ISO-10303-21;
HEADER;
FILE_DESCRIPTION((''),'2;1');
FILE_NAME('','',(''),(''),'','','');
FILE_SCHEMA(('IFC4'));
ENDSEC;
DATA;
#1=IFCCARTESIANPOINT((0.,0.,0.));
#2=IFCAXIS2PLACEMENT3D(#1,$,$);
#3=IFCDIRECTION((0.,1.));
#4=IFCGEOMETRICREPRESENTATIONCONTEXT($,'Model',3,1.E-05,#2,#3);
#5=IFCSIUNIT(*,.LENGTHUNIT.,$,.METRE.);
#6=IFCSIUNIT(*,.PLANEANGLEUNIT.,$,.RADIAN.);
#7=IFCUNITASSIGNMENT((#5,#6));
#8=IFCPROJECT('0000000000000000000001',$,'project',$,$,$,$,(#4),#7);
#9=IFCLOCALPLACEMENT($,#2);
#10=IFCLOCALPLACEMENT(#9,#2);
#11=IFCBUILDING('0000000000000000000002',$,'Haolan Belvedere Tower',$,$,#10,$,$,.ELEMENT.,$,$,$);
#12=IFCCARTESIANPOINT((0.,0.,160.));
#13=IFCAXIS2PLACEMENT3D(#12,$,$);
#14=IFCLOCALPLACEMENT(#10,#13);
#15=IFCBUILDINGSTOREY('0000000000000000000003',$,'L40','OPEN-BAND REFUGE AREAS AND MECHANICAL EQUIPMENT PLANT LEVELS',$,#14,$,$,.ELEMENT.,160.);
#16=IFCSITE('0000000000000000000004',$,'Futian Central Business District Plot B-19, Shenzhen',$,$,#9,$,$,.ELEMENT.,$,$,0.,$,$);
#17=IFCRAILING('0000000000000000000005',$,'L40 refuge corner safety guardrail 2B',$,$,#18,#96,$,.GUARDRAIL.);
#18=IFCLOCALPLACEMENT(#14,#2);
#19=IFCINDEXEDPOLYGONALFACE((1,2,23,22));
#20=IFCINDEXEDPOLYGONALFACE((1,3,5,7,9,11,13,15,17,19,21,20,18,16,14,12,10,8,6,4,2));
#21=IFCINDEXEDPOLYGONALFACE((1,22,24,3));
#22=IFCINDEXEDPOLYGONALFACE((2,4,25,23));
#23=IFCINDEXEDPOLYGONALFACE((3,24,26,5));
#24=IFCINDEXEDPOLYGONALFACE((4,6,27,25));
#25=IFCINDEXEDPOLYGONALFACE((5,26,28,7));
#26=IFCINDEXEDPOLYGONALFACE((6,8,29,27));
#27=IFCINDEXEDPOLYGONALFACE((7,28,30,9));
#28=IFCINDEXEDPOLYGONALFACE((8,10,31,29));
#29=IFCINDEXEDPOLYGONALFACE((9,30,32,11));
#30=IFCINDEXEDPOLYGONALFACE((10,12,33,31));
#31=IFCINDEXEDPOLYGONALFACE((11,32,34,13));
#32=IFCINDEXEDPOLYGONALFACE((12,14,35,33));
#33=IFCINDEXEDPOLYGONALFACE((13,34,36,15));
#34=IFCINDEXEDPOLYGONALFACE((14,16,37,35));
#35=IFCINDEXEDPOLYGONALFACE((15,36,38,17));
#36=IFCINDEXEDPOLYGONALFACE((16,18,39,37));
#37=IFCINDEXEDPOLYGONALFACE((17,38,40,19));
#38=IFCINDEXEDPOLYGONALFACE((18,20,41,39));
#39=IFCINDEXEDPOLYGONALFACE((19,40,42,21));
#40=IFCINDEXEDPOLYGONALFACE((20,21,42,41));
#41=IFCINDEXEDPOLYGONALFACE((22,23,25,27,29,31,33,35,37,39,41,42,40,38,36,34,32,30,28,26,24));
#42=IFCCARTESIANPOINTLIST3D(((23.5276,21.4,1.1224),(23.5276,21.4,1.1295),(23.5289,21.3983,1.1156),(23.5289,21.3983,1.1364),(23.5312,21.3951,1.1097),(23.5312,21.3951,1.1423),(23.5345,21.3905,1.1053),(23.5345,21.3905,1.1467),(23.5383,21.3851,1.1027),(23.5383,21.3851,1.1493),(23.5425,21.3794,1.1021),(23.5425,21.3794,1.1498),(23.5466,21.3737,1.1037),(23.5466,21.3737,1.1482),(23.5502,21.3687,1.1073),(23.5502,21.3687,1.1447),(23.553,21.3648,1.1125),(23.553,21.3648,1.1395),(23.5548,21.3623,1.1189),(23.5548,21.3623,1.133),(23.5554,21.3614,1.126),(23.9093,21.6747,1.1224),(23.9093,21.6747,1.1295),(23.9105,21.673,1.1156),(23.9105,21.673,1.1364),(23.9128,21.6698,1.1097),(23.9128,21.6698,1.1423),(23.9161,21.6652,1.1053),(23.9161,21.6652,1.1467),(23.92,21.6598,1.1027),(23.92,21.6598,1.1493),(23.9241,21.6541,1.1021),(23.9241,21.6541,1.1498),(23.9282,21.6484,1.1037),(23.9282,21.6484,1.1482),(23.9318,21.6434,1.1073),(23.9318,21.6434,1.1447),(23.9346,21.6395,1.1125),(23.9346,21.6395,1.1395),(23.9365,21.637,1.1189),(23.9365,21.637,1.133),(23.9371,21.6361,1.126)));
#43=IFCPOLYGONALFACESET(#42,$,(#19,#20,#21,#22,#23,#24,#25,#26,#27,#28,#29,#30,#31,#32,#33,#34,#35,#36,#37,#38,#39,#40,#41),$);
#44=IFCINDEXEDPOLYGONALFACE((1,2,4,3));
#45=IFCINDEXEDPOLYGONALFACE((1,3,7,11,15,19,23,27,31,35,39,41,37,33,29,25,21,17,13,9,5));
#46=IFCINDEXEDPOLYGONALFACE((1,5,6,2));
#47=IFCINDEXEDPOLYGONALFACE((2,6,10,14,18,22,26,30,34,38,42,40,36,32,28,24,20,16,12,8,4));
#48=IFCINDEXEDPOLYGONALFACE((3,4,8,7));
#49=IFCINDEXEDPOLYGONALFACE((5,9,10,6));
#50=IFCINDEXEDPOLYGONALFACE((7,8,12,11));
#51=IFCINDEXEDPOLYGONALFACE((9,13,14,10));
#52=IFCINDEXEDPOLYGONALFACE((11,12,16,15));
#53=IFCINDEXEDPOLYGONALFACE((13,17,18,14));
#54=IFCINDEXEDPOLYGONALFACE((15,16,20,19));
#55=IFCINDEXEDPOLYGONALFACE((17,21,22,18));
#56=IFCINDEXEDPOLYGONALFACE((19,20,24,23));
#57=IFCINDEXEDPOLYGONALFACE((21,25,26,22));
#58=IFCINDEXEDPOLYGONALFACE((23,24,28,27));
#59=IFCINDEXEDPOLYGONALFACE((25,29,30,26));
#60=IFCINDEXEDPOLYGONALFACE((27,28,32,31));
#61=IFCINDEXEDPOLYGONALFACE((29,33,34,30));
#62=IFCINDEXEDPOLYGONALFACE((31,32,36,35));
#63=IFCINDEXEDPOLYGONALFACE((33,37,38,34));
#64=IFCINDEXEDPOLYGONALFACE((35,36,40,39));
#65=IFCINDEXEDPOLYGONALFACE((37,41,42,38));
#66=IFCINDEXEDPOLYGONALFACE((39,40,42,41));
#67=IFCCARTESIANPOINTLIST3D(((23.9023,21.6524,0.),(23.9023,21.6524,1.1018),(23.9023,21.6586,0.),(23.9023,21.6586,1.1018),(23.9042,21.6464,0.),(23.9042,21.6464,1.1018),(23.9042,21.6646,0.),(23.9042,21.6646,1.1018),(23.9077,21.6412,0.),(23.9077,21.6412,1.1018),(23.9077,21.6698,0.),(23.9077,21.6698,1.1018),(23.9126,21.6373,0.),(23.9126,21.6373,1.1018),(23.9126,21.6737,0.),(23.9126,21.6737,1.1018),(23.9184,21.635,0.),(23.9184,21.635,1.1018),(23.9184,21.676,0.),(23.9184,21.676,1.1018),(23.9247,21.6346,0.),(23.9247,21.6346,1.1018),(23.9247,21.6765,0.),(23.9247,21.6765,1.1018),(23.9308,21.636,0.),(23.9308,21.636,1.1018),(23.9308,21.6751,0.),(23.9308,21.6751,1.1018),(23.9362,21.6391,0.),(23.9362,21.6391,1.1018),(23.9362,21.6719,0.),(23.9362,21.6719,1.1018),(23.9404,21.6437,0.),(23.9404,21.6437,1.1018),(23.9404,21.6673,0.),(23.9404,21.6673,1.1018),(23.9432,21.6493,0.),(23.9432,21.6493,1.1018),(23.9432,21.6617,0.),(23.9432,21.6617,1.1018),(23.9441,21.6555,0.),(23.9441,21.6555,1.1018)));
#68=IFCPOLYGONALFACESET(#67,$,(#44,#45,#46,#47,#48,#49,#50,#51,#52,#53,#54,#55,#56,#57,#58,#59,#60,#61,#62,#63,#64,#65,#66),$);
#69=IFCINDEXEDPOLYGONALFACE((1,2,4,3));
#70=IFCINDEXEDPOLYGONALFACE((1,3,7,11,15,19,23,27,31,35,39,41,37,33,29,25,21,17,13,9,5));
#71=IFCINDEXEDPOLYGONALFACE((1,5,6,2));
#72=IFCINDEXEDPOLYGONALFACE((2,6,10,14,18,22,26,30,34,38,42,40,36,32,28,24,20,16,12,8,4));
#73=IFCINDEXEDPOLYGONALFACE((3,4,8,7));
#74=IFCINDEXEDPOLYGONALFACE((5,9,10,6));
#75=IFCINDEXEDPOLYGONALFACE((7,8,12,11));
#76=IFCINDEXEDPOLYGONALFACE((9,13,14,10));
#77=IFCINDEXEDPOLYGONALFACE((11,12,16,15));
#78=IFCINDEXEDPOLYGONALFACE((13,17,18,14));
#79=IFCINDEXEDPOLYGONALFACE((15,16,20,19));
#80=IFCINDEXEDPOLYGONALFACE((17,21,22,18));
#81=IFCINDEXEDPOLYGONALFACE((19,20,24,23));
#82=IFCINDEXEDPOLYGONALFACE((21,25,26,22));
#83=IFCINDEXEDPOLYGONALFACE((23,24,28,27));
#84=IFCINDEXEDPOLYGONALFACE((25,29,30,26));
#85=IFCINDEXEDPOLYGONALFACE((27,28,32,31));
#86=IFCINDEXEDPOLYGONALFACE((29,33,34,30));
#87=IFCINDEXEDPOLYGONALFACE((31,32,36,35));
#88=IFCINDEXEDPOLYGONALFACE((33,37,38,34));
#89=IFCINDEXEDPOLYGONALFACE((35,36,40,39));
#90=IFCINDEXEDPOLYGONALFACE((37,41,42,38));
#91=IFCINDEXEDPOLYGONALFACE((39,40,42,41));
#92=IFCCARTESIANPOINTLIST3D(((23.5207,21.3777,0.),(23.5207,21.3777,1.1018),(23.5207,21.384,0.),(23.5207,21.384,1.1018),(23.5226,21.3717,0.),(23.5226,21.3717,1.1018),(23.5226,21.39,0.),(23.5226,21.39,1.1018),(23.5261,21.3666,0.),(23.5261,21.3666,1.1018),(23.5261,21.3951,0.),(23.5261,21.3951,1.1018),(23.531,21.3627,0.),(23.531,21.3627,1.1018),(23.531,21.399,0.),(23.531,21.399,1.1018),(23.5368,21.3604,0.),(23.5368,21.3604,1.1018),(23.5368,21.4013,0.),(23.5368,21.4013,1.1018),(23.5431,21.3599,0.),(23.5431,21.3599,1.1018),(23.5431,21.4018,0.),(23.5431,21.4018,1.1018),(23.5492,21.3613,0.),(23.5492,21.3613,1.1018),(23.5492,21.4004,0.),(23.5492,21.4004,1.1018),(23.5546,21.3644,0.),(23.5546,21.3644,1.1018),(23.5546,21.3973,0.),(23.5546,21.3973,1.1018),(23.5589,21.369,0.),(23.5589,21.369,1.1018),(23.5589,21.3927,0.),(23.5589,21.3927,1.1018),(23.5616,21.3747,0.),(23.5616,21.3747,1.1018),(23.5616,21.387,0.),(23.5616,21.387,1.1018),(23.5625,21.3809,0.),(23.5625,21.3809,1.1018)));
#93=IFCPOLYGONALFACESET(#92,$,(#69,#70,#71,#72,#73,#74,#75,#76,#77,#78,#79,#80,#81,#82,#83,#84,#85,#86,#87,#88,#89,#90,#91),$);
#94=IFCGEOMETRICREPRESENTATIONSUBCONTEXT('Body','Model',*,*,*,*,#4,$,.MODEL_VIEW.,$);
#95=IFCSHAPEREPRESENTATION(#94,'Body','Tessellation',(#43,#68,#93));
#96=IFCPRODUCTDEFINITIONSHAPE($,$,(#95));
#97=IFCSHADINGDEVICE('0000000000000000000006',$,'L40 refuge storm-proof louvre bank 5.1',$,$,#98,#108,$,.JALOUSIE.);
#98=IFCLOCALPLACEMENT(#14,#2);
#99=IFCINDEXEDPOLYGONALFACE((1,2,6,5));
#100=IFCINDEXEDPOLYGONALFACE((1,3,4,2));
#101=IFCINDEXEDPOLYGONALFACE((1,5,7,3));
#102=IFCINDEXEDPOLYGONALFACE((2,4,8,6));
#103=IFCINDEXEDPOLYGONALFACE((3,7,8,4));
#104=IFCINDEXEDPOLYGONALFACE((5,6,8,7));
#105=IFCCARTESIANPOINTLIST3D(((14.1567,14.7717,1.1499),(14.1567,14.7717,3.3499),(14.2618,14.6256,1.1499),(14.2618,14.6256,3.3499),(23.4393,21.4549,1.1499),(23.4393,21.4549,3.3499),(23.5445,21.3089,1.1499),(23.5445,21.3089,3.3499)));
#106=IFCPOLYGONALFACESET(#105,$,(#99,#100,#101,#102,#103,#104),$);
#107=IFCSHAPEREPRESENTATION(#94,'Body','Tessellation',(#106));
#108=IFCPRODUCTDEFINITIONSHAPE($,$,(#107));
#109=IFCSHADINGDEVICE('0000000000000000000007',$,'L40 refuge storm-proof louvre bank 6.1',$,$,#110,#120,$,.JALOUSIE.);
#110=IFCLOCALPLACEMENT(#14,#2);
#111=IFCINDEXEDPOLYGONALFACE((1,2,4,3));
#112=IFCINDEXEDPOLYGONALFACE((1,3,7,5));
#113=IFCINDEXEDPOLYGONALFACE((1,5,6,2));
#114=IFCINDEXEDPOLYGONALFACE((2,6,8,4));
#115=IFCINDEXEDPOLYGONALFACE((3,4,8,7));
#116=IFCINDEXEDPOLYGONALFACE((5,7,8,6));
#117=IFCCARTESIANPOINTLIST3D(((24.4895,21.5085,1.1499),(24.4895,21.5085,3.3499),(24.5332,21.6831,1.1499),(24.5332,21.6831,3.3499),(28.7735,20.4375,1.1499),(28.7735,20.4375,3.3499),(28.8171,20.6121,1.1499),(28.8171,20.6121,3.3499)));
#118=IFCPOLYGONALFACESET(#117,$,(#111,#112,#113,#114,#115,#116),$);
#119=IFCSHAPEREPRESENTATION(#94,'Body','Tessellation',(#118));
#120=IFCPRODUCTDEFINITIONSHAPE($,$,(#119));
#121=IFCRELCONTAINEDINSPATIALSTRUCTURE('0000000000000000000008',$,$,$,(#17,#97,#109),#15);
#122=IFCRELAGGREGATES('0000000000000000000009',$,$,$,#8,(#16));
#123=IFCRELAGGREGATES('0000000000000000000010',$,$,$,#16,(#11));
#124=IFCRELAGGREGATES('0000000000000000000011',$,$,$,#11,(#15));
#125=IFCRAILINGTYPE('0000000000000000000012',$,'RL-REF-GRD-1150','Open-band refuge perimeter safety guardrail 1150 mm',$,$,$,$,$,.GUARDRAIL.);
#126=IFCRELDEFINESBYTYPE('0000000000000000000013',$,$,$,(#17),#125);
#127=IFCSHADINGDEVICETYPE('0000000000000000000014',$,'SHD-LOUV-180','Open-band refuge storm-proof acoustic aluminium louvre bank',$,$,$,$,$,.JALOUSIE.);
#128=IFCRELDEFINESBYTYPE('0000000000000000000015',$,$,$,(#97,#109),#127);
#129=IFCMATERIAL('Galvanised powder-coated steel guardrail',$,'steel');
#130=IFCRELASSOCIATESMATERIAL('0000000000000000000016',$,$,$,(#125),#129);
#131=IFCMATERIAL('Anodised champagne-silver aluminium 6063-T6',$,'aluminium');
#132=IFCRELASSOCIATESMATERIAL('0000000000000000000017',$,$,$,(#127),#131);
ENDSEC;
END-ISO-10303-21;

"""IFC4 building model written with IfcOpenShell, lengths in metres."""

from ifc_helpers import new_model, si_unit, direction, frame, origin, origin_2d, place, context, subcontext, project, spatial, rectangle, circle, extrude, material, type_object, element, save


model = new_model("IFC4")

# Units and contexts
model_context = context("Model", 3, precision=1e-05, world=origin(), true_north=direction((0.0, 1.0)))
body_context = subcontext(model_context, "Body", "Model", "MODEL_VIEW")
ifc_project = project(units=[si_unit("LENGTHUNIT", "METRE"), si_unit("PLANEANGLEUNIT", "RADIAN")], contexts=[model_context])

# Site, building, storey
site_placement = place(None, origin())
site = spatial("IfcSite", under=ifc_project, at=site_placement, Name="Futian Central Business District Plot B-19, Shenzhen", CompositionType="ELEMENT", RefElevation=0.0)
building_placement = place(site_placement, origin())
building = spatial("IfcBuilding", under=site, at=building_placement, Name="Haolan Belvedere Tower", CompositionType="ELEMENT")
storey_placement = place(building_placement, frame((0.0, 0.0, 160.0)))
storey = spatial("IfcBuildingStorey", under=building, at=storey_placement, Name="L40", Description="OPEN-BAND REFUGE AREAS AND MECHANICAL EQUIPMENT PLANT LEVELS", CompositionType="ELEMENT", Elevation=160.0)

# Railing
ifc_material_1 = material(Name="Galvanised powder-coated steel guardrail", Category="steel")
railing_type = type_object("IfcRailingType", Name="RL-REF-GRD-1150", Description="Open-band refuge perimeter safety guardrail 1150 mm", PredefinedType="GUARDRAIL", material=ifc_material_1)
railing_1_placement = place(storey_placement, frame((23.9231, 21.6555, 0.0)))
element("IfcRailing", 1, at=railing_1_placement, inside=storey, type_object=railing_type, Name="L40 refuge corner safety guardrail 2B", PredefinedType="GUARDRAIL", context=body_context, shape_type="SweptSolid", body=[
    extrude(circle(Radius=0.0239, at=origin_2d()), frame((0.0, 0.0, 1.126), z_axis=(-0.811623, -0.584182, 0.0), x_axis=(0.584182, -0.811623, 0.0)), (0.0, 0.0, 1.0), 0.4702),
    extrude(circle(Radius=0.021, at=origin_2d()), origin(), (0.0, 0.0, 1.0), 1.1018),
    extrude(circle(Radius=0.021, at=origin_2d()), frame((-0.3816, -0.2747, 0.0)), (0.0, 0.0, 1.0), 1.1018),
])

# Shading devices
ifc_material_2 = material(Name="Anodised champagne-silver aluminium 6063-T6", Category="aluminium")
shading_device_type = type_object("IfcShadingDeviceType", Name="SHD-LOUV-180", Description="Open-band refuge storm-proof acoustic aluminium louvre bank", PredefinedType="JALOUSIE", material=ifc_material_2)
shading_device_1_placement = place(storey_placement, frame((18.8506, 18.0403, 1.1499), z_axis=(0.0, 0.0, 1.0), x_axis=(0.811543, 0.584292, 0.0)))
element("IfcShadingDevice", 2, at=shading_device_1_placement, inside=storey, type_object=shading_device_type, Name="L40 refuge storm-proof louvre bank 5.1", PredefinedType="JALOUSIE", context=body_context, shape_type="SweptSolid", body=[
    extrude(rectangle(XDim=11.4382, YDim=0.1799, at=origin_2d()), origin(), (0.0, 0.0, 1.0), 2.2),
])
shading_device_2_placement = place(storey_placement, frame((26.6533, 21.0603, 1.1499), z_axis=(0.0, 0.0, 1.0), x_axis=(0.970144, -0.242532, 0.0)))
element("IfcShadingDevice", 3, at=shading_device_2_placement, inside=storey, type_object=shading_device_type, Name="L40 refuge storm-proof louvre bank 6.1", PredefinedType="JALOUSIE", context=body_context, shape_type="SweptSolid", body=[
    extrude(rectangle(XDim=4.4158, YDim=0.1799, at=origin_2d()), origin(), (0.0, 0.0, 1.0), 2.2),
])

save(model, "model.ifc")
